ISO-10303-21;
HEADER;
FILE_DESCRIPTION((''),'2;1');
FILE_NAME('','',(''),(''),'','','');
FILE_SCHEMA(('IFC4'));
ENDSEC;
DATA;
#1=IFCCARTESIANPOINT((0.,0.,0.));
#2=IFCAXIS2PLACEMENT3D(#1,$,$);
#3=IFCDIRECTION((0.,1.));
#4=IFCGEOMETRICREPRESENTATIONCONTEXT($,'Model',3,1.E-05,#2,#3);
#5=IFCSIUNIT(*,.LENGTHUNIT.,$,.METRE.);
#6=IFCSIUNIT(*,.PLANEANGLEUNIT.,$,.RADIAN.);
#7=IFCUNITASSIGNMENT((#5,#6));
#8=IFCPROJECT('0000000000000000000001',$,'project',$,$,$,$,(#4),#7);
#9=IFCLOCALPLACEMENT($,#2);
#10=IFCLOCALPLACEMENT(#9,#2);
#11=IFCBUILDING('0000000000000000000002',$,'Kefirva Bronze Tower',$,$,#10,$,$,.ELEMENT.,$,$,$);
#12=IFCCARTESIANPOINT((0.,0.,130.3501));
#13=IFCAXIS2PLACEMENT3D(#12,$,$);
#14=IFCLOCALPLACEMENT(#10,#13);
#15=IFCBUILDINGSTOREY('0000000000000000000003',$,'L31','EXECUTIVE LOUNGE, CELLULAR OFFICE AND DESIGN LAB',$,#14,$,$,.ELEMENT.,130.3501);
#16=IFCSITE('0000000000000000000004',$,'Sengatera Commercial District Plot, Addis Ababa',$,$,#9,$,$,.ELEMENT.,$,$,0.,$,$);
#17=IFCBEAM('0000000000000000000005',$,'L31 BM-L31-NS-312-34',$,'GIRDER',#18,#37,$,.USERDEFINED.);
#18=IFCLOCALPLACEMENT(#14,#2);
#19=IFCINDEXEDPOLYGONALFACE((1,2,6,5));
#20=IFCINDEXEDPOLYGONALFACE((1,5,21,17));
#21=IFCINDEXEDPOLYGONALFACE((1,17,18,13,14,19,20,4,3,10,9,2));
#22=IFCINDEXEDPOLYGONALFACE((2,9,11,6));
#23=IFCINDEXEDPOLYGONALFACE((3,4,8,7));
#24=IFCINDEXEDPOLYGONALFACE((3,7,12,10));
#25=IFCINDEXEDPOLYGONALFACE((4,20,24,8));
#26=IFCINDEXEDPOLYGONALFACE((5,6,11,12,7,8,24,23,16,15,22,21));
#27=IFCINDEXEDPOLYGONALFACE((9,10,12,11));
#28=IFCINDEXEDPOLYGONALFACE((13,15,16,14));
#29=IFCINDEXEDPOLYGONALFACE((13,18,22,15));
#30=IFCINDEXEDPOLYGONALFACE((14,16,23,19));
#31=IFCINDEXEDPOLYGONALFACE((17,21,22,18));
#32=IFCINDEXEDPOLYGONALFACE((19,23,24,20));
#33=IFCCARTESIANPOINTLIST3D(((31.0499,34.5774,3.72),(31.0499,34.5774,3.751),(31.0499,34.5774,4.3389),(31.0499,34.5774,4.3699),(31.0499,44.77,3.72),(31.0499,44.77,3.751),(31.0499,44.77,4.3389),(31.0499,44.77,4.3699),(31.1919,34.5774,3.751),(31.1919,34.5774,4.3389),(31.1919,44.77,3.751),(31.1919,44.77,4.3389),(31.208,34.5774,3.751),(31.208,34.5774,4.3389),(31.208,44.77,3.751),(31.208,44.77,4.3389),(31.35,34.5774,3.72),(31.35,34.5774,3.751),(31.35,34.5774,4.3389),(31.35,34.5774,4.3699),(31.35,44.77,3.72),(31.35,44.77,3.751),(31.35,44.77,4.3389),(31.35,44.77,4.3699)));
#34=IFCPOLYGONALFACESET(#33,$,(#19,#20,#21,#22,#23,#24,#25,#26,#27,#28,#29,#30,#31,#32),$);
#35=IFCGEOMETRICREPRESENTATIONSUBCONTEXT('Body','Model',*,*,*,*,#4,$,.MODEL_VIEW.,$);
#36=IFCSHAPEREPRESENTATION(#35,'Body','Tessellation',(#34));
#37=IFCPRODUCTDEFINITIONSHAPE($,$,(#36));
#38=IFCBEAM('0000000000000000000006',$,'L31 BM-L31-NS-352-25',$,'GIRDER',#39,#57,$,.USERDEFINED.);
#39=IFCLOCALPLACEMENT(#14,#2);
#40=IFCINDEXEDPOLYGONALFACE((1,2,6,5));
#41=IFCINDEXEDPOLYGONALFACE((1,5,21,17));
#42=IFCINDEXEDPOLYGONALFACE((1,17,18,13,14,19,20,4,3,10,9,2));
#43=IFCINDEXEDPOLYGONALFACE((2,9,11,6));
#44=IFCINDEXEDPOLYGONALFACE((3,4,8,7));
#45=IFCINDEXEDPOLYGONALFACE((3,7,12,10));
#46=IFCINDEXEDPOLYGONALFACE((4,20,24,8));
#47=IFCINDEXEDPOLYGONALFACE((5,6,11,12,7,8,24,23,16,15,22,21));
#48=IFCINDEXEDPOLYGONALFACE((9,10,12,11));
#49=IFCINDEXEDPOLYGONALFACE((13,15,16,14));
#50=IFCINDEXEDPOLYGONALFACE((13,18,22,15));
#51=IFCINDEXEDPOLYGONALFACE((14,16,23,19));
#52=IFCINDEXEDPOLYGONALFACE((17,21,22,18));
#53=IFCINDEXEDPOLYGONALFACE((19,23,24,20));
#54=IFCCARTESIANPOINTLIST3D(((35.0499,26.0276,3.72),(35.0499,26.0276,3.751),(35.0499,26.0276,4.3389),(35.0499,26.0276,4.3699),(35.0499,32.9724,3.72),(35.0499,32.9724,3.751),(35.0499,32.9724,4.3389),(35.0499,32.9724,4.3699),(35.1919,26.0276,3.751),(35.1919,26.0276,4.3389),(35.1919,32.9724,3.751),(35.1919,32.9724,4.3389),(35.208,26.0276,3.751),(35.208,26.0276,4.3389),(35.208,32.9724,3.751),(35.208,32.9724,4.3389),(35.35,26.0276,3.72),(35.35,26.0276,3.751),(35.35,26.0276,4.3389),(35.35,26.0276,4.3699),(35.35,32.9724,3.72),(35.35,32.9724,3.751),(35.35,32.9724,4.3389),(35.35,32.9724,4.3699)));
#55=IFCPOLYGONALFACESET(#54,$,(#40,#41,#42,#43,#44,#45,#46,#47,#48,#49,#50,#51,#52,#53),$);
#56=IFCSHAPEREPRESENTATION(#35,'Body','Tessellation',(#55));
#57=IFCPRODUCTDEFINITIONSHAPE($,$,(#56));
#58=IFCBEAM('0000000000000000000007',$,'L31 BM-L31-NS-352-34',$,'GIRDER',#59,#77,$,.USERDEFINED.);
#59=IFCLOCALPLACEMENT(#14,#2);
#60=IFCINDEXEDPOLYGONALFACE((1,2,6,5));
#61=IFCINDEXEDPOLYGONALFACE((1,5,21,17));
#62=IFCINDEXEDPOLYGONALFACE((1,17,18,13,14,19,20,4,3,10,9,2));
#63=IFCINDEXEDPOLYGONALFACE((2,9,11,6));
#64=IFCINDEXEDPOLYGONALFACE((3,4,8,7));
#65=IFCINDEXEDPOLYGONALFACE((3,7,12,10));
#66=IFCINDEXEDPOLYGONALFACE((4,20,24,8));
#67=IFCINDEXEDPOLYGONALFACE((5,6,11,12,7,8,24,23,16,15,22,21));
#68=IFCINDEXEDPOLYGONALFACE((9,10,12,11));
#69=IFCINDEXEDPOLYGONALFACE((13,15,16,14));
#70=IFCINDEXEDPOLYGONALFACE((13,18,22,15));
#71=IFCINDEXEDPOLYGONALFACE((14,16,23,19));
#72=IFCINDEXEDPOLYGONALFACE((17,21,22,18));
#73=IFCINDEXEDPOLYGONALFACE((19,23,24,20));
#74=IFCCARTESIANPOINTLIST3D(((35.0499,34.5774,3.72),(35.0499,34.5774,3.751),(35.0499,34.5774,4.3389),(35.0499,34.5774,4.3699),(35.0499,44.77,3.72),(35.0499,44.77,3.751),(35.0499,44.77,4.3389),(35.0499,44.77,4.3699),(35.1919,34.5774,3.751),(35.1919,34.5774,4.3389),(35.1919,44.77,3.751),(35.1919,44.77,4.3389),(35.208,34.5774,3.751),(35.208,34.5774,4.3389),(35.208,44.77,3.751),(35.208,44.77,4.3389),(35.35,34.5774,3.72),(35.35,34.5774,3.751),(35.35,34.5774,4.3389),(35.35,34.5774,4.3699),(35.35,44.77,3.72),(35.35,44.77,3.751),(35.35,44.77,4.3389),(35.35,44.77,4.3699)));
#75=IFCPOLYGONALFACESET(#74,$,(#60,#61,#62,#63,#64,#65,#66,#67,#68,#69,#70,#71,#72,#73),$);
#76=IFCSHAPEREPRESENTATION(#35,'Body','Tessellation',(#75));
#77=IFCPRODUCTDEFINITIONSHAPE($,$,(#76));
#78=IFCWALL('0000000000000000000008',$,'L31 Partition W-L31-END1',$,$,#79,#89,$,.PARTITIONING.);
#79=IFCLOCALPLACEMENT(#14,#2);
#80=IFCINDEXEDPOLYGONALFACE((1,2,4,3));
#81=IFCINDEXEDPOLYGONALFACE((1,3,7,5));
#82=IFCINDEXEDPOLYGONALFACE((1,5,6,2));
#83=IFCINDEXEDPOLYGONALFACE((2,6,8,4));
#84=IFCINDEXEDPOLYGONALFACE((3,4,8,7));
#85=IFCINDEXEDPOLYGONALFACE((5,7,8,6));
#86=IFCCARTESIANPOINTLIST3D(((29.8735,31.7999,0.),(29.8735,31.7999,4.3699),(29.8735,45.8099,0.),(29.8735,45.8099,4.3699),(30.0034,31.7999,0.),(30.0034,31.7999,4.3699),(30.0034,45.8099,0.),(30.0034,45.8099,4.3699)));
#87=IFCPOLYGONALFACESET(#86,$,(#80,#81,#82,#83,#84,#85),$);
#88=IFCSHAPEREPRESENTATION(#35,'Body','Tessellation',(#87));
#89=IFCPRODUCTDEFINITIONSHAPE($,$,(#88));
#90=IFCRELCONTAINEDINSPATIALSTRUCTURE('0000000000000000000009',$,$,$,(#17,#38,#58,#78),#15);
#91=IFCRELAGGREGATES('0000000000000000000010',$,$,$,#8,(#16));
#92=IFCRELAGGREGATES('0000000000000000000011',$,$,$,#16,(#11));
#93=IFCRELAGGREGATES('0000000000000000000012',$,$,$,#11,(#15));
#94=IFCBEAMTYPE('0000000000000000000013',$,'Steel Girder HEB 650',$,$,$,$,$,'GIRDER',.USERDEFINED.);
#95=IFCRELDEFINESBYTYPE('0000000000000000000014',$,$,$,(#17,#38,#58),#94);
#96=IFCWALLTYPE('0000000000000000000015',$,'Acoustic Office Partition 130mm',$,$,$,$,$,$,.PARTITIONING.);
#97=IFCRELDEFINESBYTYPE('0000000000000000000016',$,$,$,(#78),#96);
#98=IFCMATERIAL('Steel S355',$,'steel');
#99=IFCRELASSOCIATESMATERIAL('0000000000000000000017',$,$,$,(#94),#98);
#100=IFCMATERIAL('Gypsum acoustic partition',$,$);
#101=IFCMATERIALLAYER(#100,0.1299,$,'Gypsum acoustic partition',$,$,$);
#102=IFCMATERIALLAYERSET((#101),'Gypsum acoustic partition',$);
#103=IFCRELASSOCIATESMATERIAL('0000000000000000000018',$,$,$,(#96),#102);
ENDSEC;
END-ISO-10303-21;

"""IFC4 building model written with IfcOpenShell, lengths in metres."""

from ifc_helpers import new_model, si_unit, direction, frame, frame_2d, origin, origin_2d, place, context, subcontext, project, spatial, rectangle, i_section, extrude, material, layer, layer_set, material_profile, profile_set, type_object, element, save


model = new_model("IFC4")

# Units and contexts
model_context = context("Model", 3, precision=1e-05, world=origin(), true_north=direction((0.0, 1.0)))
body_context = subcontext(model_context, "Body", "Model", "MODEL_VIEW")
ifc_project = project(units=[si_unit("LENGTHUNIT", "METRE"), si_unit("PLANEANGLEUNIT", "RADIAN")], contexts=[model_context])

# Site, building, storey
site_placement = place(None, origin())
site = spatial("IfcSite", under=ifc_project, at=site_placement, Name="Sengatera Commercial District Plot, Addis Ababa", CompositionType="ELEMENT", RefElevation=0.0)
building_placement = place(site_placement, origin())
building = spatial("IfcBuilding", under=site, at=building_placement, Name="Kefirva Bronze Tower", CompositionType="ELEMENT")
storey_placement = place(building_placement, frame((0.0, 0.0, 130.3501)))
storey = spatial("IfcBuildingStorey", under=building, at=storey_placement, Name="L31", Description="EXECUTIVE LOUNGE, CELLULAR OFFICE AND DESIGN LAB", CompositionType="ELEMENT", Elevation=130.3501)

# Beams
ifc_material_1 = material(Name="Steel S355", Category="steel")
ifc_material_profile_1 = material_profile(ifc_material_1, i_section(OverallWidth=0.3, OverallDepth=0.6499, WebThickness=0.0161, FlangeThickness=0.031, at=origin_2d()), Name="HEB 650")
ifc_profile_set_1 = profile_set([ifc_material_profile_1], Name="Steel S355")
beam_type_1 = type_object("IfcBeamType", Name="Steel Girder HEB 650", ElementType="GIRDER", PredefinedType="USERDEFINED", material=ifc_profile_set_1)
beam_1_placement = place(storey_placement, frame((31.2, 34.5774, 4.0449), z_axis=(0.0, 1.0, 0.0), x_axis=(-1.0, 0.0, 0.0)))
element("IfcBeam", 1, at=beam_1_placement, inside=storey, type_object=beam_type_1, Name="L31 BM-L31-NS-312-34", ObjectType="GIRDER", PredefinedType="USERDEFINED", context=body_context, shape_type="SweptSolid", body=[
    extrude(i_section(OverallWidth=0.3, OverallDepth=0.6499, WebThickness=0.0161, FlangeThickness=0.031, at=origin_2d()), origin(), (0.0, 0.0, 1.0), 10.1926),
])
beam_2_placement = place(storey_placement, frame((35.2, 26.0276, 4.0449), z_axis=(0.0, 1.0, 0.0), x_axis=(-1.0, 0.0, 0.0)))
element("IfcBeam", 2, at=beam_2_placement, inside=storey, type_object=beam_type_1, Name="L31 BM-L31-NS-352-25", ObjectType="GIRDER", PredefinedType="USERDEFINED", context=body_context, shape_type="SweptSolid", body=[
    extrude(i_section(OverallWidth=0.3, OverallDepth=0.6499, WebThickness=0.0161, FlangeThickness=0.031, at=origin_2d()), origin(), (0.0, 0.0, 1.0), 6.9448),
])
beam_3_placement = place(storey_placement, frame((35.2, 34.5774, 4.0449), z_axis=(0.0, 1.0, 0.0), x_axis=(-1.0, 0.0, 0.0)))
element("IfcBeam", 3, at=beam_3_placement, inside=storey, type_object=beam_type_1, Name="L31 BM-L31-NS-352-34", ObjectType="GIRDER", PredefinedType="USERDEFINED", context=body_context, shape_type="SweptSolid", body=[
    extrude(i_section(OverallWidth=0.3, OverallDepth=0.6499, WebThickness=0.0161, FlangeThickness=0.031, at=origin_2d()), origin(), (0.0, 0.0, 1.0), 10.1926),
])

# Wall
ifc_material_2 = material(Name="Gypsum acoustic partition")
ifc_layer = layer(ifc_material_2, 0.1299, Name="Gypsum acoustic partition")
ifc_layer_set = layer_set([ifc_layer], Name="Gypsum acoustic partition")
wall_type = type_object("IfcWallType", Name="Acoustic Office Partition 130mm", PredefinedType="PARTITIONING", material=ifc_layer_set)
wall_placement = place(storey_placement, frame((29.9385, 31.8, 0.0), z_axis=(0.0, 0.0, 1.0), x_axis=(0.0, 1.0, 0.0)))
element("IfcWall", 4, at=wall_placement, inside=storey, type_object=wall_type, Name="L31 Partition W-L31-END1", PredefinedType="PARTITIONING", context=body_context, shape_type="SweptSolid", body=[
    extrude(rectangle(XDim=14.01, YDim=0.1299, at=frame_2d((7.0049, 0.0))), origin(), (0.0, 0.0, 1.0), 4.3699),
])

save(model, "model.ifc")
